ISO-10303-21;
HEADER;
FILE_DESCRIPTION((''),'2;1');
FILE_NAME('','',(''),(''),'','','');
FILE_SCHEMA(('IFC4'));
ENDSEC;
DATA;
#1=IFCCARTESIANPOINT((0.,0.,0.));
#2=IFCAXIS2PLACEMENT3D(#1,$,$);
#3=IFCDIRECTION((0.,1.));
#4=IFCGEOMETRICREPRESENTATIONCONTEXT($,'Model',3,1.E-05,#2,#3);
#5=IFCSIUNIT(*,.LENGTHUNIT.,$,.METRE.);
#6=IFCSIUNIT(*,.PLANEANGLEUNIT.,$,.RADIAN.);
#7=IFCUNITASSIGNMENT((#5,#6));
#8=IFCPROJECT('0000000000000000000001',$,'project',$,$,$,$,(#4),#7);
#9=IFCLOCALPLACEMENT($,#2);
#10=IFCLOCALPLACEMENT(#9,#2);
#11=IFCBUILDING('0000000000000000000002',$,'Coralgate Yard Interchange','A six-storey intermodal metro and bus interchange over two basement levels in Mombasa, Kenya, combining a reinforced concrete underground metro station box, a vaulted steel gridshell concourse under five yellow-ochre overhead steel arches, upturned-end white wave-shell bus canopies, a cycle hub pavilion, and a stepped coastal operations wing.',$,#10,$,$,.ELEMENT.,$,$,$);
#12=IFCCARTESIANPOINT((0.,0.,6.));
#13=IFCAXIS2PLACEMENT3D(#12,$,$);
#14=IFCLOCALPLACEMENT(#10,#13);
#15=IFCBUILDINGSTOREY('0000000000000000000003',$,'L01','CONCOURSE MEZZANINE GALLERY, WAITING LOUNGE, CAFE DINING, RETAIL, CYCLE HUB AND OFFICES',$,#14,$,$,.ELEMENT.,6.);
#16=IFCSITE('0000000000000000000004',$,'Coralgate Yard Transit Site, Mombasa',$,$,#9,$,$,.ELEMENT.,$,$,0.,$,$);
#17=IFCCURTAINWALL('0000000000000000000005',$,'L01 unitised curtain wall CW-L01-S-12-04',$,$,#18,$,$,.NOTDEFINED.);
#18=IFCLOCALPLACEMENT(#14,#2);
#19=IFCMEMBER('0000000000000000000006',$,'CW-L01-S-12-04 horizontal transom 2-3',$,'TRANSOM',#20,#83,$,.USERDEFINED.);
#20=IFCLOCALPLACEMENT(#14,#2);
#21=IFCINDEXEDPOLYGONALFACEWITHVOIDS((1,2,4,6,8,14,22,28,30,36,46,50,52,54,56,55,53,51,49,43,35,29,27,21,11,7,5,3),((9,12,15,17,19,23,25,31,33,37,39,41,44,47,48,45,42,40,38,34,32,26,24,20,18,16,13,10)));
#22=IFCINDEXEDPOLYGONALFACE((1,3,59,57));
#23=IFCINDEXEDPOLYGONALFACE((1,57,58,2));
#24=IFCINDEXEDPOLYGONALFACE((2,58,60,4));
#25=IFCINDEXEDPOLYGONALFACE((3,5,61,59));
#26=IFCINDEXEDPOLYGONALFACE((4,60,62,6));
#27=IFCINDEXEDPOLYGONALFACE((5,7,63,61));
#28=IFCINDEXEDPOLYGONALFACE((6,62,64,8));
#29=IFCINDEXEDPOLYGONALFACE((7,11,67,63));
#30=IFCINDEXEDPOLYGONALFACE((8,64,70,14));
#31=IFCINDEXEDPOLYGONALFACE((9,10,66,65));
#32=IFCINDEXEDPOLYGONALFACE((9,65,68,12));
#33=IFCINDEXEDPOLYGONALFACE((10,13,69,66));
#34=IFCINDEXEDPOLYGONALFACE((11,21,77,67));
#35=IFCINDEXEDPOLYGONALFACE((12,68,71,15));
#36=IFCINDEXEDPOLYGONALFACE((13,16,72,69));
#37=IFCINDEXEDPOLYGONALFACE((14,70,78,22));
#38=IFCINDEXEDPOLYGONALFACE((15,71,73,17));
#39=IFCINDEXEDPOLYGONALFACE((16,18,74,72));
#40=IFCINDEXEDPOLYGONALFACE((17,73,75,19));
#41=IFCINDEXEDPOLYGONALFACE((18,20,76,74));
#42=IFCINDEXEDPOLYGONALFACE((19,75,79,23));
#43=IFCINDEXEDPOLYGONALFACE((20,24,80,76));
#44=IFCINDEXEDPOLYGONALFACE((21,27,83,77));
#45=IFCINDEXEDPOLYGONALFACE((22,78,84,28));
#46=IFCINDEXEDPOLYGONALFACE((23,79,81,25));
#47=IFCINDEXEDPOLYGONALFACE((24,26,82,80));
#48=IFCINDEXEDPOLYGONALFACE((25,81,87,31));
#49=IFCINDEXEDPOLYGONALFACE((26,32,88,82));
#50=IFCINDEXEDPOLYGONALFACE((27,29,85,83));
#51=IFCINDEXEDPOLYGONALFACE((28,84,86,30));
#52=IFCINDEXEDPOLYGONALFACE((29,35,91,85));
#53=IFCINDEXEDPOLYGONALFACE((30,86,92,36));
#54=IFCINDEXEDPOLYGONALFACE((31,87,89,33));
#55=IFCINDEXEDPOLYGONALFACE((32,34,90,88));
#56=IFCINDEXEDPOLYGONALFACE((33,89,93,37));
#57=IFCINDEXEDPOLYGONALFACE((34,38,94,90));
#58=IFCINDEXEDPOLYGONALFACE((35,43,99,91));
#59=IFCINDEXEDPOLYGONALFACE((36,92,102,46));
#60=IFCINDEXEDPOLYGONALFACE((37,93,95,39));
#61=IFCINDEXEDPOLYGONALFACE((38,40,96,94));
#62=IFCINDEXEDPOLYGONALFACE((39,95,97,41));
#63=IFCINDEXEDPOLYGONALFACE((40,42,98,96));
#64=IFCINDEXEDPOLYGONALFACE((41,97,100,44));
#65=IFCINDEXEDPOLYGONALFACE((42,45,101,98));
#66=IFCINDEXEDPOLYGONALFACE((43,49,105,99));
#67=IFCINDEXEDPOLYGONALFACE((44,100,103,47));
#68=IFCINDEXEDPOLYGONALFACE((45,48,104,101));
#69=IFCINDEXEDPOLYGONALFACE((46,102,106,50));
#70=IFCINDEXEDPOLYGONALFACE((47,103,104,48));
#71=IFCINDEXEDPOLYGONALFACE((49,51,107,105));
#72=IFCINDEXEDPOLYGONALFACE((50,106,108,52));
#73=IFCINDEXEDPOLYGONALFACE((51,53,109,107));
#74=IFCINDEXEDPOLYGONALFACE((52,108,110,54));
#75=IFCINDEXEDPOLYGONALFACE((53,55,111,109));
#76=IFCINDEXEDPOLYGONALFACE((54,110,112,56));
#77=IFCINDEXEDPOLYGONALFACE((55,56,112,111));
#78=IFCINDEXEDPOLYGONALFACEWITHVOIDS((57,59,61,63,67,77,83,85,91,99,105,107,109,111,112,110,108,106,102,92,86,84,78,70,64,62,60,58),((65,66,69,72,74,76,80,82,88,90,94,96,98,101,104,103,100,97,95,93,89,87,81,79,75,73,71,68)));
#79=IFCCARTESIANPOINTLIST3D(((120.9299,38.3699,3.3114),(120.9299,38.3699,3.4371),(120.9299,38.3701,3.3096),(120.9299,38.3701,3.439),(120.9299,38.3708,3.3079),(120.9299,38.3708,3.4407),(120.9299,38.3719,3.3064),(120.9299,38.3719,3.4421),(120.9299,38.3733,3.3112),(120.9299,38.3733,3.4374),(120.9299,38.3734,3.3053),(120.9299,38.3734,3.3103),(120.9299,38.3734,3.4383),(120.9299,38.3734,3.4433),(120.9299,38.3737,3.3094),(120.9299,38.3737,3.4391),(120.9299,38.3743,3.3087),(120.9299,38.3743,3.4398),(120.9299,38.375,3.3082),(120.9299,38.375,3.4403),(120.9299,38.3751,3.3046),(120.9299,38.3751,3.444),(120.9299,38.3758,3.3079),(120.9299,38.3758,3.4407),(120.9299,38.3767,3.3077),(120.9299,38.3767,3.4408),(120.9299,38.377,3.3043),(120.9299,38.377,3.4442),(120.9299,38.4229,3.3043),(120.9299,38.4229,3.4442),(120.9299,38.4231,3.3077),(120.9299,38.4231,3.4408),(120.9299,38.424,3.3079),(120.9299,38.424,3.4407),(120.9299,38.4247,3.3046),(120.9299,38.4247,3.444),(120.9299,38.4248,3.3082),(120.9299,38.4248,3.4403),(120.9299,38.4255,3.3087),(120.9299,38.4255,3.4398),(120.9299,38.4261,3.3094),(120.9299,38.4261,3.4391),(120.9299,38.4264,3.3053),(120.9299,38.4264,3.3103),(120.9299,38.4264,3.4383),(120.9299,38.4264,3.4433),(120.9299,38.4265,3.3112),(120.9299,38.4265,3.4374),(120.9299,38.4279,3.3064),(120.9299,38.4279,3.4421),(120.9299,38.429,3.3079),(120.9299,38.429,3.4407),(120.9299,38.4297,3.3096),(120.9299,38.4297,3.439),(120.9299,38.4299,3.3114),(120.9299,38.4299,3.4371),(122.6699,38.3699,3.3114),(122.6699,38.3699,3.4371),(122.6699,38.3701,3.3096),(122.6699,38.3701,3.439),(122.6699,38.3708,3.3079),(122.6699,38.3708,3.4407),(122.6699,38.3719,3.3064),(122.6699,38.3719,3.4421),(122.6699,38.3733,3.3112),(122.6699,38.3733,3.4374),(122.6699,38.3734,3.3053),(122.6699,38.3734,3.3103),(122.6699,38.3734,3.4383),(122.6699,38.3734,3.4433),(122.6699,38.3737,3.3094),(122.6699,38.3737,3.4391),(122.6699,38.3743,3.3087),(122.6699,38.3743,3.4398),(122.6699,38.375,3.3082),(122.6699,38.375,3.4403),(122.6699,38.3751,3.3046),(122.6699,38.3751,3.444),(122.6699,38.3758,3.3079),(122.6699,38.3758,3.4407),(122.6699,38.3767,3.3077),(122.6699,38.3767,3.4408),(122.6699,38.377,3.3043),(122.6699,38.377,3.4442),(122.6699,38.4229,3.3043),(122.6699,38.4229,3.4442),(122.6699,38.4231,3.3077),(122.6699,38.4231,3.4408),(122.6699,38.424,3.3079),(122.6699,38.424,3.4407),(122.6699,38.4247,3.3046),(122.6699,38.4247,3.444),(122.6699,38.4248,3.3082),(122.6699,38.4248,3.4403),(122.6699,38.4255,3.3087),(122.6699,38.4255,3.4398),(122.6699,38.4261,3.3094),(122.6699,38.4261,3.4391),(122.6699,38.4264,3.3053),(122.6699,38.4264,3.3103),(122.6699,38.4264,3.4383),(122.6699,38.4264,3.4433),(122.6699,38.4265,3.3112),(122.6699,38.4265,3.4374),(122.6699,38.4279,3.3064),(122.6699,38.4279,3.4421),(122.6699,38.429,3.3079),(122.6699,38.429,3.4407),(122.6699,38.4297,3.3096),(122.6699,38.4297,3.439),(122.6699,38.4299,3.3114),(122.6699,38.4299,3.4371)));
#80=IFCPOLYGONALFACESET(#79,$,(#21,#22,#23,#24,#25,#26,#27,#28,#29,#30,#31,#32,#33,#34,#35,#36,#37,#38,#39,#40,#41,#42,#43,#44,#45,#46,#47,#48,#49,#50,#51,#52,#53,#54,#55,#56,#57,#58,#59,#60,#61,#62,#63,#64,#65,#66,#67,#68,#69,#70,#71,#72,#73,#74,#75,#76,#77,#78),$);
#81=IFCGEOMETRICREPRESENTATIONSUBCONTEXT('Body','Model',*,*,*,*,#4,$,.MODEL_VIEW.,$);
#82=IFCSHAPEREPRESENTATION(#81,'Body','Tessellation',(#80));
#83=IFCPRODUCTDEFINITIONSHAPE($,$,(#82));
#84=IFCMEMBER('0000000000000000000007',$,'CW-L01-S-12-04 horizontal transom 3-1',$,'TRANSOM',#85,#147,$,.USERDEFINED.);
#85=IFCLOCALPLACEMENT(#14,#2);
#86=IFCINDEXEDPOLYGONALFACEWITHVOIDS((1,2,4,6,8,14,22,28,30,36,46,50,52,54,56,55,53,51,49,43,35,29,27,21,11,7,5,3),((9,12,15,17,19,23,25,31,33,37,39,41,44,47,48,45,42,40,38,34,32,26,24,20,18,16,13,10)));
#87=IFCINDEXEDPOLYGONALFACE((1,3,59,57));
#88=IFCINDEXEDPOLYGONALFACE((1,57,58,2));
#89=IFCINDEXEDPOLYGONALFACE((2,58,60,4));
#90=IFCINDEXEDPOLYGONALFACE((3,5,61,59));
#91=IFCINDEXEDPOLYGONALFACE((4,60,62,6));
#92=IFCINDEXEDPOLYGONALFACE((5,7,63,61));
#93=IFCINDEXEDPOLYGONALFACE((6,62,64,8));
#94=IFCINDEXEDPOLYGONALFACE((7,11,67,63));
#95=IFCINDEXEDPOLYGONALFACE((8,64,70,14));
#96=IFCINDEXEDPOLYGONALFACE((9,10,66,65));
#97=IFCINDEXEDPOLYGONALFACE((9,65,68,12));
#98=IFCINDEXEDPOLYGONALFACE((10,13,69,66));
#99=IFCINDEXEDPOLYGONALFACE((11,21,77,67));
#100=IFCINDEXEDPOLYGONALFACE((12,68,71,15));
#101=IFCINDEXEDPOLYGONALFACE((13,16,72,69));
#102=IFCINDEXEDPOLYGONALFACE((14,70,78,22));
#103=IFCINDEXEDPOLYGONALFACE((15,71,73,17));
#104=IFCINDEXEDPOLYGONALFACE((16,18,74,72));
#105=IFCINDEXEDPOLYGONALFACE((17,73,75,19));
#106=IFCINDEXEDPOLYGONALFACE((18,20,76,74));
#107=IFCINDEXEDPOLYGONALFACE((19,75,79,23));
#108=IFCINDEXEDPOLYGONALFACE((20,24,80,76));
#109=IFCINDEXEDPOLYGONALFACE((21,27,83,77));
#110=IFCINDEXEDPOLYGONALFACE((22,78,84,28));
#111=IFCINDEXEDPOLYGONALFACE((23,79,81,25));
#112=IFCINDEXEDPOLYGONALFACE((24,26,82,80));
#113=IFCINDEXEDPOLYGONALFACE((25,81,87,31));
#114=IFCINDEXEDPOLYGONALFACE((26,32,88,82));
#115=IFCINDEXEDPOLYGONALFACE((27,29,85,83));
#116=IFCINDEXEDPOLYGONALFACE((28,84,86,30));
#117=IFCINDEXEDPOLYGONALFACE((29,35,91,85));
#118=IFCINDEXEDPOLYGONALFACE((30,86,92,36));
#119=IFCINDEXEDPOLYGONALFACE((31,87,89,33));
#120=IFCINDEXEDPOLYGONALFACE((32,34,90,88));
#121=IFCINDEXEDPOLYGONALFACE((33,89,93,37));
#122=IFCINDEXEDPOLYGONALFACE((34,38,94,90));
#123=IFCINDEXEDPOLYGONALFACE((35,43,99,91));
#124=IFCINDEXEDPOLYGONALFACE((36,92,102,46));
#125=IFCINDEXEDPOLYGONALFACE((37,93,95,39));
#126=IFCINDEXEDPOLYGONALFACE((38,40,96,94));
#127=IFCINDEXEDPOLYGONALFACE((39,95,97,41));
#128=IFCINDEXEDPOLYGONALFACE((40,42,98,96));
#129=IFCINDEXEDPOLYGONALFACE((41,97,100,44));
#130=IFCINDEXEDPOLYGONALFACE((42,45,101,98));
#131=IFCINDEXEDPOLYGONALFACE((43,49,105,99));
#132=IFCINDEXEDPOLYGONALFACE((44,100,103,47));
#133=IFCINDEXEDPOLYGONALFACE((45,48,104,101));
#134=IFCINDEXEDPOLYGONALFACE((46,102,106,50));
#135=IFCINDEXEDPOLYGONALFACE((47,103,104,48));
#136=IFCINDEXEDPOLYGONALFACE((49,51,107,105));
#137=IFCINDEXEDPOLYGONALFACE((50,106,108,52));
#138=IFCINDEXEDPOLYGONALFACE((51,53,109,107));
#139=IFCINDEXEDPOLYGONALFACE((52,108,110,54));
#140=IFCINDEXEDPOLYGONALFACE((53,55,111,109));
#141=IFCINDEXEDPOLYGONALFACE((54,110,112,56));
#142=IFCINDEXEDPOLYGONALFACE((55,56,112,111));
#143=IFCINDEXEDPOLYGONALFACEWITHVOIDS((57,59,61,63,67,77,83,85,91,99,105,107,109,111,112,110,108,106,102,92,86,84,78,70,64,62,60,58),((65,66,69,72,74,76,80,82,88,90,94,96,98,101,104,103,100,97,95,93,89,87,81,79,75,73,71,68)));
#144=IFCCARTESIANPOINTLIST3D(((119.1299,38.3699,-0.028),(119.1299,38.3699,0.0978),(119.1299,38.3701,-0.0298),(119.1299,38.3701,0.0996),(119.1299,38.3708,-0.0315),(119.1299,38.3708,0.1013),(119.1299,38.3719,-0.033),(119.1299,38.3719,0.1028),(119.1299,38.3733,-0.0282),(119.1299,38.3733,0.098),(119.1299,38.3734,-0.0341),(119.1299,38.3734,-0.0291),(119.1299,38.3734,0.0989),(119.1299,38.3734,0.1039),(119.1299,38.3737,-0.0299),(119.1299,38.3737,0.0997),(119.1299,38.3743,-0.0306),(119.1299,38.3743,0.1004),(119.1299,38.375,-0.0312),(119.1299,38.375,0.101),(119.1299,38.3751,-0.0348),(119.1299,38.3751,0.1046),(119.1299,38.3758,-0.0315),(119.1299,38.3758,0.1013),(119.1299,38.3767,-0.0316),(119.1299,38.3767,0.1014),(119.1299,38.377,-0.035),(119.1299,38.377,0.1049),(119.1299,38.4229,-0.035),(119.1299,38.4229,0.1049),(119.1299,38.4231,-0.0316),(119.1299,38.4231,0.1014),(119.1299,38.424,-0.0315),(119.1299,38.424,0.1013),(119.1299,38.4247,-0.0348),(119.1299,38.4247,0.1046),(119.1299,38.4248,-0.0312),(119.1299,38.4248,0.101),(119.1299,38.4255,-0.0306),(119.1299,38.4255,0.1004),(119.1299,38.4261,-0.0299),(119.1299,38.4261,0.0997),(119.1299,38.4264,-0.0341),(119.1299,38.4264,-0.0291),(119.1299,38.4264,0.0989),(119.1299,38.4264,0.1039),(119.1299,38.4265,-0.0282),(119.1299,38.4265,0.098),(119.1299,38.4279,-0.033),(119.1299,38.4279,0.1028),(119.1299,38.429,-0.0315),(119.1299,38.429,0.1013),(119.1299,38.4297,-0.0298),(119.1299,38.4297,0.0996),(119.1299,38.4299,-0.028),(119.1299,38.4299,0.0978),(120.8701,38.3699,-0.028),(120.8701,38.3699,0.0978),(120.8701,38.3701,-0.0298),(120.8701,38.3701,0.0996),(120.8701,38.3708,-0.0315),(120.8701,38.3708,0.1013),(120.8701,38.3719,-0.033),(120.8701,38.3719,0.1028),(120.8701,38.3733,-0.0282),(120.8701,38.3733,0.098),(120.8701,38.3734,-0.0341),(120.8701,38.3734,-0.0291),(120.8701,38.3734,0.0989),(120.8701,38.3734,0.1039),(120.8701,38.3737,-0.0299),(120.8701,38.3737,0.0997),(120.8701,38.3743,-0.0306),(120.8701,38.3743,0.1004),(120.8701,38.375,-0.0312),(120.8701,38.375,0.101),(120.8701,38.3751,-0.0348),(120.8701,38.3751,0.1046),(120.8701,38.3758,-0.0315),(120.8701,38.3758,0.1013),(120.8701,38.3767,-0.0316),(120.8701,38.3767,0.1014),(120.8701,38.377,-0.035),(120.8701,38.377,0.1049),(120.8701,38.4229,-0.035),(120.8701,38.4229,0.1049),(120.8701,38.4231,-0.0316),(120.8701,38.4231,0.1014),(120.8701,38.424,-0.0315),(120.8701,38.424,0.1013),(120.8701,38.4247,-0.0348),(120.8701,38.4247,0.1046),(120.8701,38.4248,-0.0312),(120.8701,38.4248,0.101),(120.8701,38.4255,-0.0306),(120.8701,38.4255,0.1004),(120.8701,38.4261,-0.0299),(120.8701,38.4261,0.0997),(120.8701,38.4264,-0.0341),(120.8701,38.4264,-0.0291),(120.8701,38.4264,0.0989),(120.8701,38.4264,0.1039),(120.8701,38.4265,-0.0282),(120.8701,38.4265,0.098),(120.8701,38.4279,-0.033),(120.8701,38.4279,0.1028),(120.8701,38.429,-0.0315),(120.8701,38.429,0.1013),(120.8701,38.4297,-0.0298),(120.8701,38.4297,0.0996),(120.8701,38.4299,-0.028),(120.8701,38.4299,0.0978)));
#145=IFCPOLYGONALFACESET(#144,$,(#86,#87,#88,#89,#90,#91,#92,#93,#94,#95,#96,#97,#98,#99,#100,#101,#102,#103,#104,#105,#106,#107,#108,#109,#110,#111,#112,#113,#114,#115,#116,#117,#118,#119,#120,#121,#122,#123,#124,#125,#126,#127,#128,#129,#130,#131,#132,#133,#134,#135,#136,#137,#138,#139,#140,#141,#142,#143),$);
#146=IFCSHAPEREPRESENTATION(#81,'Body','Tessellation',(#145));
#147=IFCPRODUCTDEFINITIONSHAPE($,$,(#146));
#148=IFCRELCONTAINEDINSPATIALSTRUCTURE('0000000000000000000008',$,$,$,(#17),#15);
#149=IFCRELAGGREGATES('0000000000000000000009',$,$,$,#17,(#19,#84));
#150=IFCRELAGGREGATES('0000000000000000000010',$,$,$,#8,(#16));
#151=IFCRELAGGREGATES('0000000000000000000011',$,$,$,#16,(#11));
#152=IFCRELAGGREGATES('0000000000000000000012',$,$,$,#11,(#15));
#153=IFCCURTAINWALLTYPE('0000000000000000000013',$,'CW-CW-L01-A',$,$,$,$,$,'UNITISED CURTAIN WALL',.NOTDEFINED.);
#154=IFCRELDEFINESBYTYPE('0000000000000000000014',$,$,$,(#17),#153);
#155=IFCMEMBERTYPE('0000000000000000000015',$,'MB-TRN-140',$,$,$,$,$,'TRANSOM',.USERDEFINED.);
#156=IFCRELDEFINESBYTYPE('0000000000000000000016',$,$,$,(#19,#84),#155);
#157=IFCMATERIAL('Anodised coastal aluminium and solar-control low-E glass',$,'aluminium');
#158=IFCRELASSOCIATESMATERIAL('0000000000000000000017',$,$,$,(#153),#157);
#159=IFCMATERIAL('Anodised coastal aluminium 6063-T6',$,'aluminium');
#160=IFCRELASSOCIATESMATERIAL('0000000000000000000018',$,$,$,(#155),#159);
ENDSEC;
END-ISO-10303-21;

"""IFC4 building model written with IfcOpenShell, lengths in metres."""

from ifc_helpers import new_model, si_unit, direction, frame, origin, origin_2d, place, context, subcontext, project, spatial, hollow_rectangle, extrude, material, material_profile, profile_set, type_object, element, aggregate, save


model = new_model("IFC4")

# Units and contexts
model_context = context("Model", 3, precision=1e-05, world=origin(), true_north=direction((0.0, 1.0)))
body_context = subcontext(model_context, "Body", "Model", "MODEL_VIEW")
ifc_project = project(units=[si_unit("LENGTHUNIT", "METRE"), si_unit("PLANEANGLEUNIT", "RADIAN")], contexts=[model_context])

# Site, building, storey
site_placement = place(None, origin())
site = spatial("IfcSite", under=ifc_project, at=site_placement, Name="Coralgate Yard Transit Site, Mombasa", CompositionType="ELEMENT", RefElevation=0.0)
building_placement = place(site_placement, origin())
building = spatial("IfcBuilding", under=site, at=building_placement, Name="Coralgate Yard Interchange", Description="A six-storey intermodal metro and bus interchange over two basement levels in Mombasa, Kenya, combining a reinforced concrete underground metro station box, a vaulted steel gridshell concourse under five yellow-ochre overhead steel arches, upturned-end white wave-shell bus canopies, a cycle hub pavilion, and a stepped coastal operations wing.", CompositionType="ELEMENT")
storey_placement = place(building_placement, frame((0.0, 0.0, 6.0)))
storey = spatial("IfcBuildingStorey", under=building, at=storey_placement, Name="L01", Description="CONCOURSE MEZZANINE GALLERY, WAITING LOUNGE, CAFE DINING, RETAIL, CYCLE HUB AND OFFICES", CompositionType="ELEMENT", Elevation=6.0)

# Curtain wall
ifc_material_1 = material(Name="Anodised coastal aluminium and solar-control low-E glass", Category="aluminium")
curtain_wall_type = type_object("IfcCurtainWallType", Name="CW-CW-L01-A", ElementType="UNITISED CURTAIN WALL", PredefinedType="NOTDEFINED", material=ifc_material_1)
curtain_wall_1_placement = place(storey_placement, origin())
curtain_wall_1 = element("IfcCurtainWall", 1, at=curtain_wall_1_placement, inside=storey, type_object=curtain_wall_type, Name="L01 unitised curtain wall CW-L01-S-12-04", PredefinedType="NOTDEFINED")
ifc_material_2 = material(Name="Anodised coastal aluminium 6063-T6", Category="aluminium")

# Members
ifc_material_profile_1 = material_profile(ifc_material_2, hollow_rectangle(XDim=0.0601, YDim=0.1399, WallThickness=0.0034, InnerFilletRadius=0.0034, OuterFilletRadius=0.0071, at=origin_2d()), Name="ALU 60x140x3.5")
ifc_profile_set_1 = profile_set([ifc_material_profile_1], Name="Anodised coastal aluminium 6063-T6")
member_type_1 = type_object("IfcMemberType", Name="MB-TRN-140", ElementType="TRANSOM", PredefinedType="USERDEFINED", material=ifc_profile_set_1)
member_1_placement = place(storey_placement, frame((122.6699, 38.3999, 3.3743), z_axis=(-1.0, 0.0, 0.0), x_axis=(0.0, -1.0, 0.0)))
member_1 = element("IfcMember", 2, at=member_1_placement, type_object=member_type_1, Name="CW-L01-S-12-04 horizontal transom 2-3", ObjectType="TRANSOM", PredefinedType="USERDEFINED", context=body_context, shape_type="SweptSolid", body=[
    extrude(hollow_rectangle(XDim=0.0601, YDim=0.1399, WallThickness=0.0034, InnerFilletRadius=0.0034, OuterFilletRadius=0.0071, at=origin_2d()), origin(), (0.0, 0.0, 1.0), 1.74),
])
member_2_placement = place(storey_placement, frame((120.8701, 38.3999, 0.0349), z_axis=(-1.0, 0.0, 0.0), x_axis=(0.0, -1.0, 0.0)))
member_2 = element("IfcMember", 3, at=member_2_placement, type_object=member_type_1, Name="CW-L01-S-12-04 horizontal transom 3-1", ObjectType="TRANSOM", PredefinedType="USERDEFINED", context=body_context, shape_type="SweptSolid", body=[
    extrude(hollow_rectangle(XDim=0.0601, YDim=0.1399, WallThickness=0.0034, InnerFilletRadius=0.0034, OuterFilletRadius=0.0071, at=origin_2d()), origin(), (0.0, 0.0, 1.0), 1.7402),
])

aggregate(curtain_wall_1, [member_1, member_2])

save(model, "model.ifc")
